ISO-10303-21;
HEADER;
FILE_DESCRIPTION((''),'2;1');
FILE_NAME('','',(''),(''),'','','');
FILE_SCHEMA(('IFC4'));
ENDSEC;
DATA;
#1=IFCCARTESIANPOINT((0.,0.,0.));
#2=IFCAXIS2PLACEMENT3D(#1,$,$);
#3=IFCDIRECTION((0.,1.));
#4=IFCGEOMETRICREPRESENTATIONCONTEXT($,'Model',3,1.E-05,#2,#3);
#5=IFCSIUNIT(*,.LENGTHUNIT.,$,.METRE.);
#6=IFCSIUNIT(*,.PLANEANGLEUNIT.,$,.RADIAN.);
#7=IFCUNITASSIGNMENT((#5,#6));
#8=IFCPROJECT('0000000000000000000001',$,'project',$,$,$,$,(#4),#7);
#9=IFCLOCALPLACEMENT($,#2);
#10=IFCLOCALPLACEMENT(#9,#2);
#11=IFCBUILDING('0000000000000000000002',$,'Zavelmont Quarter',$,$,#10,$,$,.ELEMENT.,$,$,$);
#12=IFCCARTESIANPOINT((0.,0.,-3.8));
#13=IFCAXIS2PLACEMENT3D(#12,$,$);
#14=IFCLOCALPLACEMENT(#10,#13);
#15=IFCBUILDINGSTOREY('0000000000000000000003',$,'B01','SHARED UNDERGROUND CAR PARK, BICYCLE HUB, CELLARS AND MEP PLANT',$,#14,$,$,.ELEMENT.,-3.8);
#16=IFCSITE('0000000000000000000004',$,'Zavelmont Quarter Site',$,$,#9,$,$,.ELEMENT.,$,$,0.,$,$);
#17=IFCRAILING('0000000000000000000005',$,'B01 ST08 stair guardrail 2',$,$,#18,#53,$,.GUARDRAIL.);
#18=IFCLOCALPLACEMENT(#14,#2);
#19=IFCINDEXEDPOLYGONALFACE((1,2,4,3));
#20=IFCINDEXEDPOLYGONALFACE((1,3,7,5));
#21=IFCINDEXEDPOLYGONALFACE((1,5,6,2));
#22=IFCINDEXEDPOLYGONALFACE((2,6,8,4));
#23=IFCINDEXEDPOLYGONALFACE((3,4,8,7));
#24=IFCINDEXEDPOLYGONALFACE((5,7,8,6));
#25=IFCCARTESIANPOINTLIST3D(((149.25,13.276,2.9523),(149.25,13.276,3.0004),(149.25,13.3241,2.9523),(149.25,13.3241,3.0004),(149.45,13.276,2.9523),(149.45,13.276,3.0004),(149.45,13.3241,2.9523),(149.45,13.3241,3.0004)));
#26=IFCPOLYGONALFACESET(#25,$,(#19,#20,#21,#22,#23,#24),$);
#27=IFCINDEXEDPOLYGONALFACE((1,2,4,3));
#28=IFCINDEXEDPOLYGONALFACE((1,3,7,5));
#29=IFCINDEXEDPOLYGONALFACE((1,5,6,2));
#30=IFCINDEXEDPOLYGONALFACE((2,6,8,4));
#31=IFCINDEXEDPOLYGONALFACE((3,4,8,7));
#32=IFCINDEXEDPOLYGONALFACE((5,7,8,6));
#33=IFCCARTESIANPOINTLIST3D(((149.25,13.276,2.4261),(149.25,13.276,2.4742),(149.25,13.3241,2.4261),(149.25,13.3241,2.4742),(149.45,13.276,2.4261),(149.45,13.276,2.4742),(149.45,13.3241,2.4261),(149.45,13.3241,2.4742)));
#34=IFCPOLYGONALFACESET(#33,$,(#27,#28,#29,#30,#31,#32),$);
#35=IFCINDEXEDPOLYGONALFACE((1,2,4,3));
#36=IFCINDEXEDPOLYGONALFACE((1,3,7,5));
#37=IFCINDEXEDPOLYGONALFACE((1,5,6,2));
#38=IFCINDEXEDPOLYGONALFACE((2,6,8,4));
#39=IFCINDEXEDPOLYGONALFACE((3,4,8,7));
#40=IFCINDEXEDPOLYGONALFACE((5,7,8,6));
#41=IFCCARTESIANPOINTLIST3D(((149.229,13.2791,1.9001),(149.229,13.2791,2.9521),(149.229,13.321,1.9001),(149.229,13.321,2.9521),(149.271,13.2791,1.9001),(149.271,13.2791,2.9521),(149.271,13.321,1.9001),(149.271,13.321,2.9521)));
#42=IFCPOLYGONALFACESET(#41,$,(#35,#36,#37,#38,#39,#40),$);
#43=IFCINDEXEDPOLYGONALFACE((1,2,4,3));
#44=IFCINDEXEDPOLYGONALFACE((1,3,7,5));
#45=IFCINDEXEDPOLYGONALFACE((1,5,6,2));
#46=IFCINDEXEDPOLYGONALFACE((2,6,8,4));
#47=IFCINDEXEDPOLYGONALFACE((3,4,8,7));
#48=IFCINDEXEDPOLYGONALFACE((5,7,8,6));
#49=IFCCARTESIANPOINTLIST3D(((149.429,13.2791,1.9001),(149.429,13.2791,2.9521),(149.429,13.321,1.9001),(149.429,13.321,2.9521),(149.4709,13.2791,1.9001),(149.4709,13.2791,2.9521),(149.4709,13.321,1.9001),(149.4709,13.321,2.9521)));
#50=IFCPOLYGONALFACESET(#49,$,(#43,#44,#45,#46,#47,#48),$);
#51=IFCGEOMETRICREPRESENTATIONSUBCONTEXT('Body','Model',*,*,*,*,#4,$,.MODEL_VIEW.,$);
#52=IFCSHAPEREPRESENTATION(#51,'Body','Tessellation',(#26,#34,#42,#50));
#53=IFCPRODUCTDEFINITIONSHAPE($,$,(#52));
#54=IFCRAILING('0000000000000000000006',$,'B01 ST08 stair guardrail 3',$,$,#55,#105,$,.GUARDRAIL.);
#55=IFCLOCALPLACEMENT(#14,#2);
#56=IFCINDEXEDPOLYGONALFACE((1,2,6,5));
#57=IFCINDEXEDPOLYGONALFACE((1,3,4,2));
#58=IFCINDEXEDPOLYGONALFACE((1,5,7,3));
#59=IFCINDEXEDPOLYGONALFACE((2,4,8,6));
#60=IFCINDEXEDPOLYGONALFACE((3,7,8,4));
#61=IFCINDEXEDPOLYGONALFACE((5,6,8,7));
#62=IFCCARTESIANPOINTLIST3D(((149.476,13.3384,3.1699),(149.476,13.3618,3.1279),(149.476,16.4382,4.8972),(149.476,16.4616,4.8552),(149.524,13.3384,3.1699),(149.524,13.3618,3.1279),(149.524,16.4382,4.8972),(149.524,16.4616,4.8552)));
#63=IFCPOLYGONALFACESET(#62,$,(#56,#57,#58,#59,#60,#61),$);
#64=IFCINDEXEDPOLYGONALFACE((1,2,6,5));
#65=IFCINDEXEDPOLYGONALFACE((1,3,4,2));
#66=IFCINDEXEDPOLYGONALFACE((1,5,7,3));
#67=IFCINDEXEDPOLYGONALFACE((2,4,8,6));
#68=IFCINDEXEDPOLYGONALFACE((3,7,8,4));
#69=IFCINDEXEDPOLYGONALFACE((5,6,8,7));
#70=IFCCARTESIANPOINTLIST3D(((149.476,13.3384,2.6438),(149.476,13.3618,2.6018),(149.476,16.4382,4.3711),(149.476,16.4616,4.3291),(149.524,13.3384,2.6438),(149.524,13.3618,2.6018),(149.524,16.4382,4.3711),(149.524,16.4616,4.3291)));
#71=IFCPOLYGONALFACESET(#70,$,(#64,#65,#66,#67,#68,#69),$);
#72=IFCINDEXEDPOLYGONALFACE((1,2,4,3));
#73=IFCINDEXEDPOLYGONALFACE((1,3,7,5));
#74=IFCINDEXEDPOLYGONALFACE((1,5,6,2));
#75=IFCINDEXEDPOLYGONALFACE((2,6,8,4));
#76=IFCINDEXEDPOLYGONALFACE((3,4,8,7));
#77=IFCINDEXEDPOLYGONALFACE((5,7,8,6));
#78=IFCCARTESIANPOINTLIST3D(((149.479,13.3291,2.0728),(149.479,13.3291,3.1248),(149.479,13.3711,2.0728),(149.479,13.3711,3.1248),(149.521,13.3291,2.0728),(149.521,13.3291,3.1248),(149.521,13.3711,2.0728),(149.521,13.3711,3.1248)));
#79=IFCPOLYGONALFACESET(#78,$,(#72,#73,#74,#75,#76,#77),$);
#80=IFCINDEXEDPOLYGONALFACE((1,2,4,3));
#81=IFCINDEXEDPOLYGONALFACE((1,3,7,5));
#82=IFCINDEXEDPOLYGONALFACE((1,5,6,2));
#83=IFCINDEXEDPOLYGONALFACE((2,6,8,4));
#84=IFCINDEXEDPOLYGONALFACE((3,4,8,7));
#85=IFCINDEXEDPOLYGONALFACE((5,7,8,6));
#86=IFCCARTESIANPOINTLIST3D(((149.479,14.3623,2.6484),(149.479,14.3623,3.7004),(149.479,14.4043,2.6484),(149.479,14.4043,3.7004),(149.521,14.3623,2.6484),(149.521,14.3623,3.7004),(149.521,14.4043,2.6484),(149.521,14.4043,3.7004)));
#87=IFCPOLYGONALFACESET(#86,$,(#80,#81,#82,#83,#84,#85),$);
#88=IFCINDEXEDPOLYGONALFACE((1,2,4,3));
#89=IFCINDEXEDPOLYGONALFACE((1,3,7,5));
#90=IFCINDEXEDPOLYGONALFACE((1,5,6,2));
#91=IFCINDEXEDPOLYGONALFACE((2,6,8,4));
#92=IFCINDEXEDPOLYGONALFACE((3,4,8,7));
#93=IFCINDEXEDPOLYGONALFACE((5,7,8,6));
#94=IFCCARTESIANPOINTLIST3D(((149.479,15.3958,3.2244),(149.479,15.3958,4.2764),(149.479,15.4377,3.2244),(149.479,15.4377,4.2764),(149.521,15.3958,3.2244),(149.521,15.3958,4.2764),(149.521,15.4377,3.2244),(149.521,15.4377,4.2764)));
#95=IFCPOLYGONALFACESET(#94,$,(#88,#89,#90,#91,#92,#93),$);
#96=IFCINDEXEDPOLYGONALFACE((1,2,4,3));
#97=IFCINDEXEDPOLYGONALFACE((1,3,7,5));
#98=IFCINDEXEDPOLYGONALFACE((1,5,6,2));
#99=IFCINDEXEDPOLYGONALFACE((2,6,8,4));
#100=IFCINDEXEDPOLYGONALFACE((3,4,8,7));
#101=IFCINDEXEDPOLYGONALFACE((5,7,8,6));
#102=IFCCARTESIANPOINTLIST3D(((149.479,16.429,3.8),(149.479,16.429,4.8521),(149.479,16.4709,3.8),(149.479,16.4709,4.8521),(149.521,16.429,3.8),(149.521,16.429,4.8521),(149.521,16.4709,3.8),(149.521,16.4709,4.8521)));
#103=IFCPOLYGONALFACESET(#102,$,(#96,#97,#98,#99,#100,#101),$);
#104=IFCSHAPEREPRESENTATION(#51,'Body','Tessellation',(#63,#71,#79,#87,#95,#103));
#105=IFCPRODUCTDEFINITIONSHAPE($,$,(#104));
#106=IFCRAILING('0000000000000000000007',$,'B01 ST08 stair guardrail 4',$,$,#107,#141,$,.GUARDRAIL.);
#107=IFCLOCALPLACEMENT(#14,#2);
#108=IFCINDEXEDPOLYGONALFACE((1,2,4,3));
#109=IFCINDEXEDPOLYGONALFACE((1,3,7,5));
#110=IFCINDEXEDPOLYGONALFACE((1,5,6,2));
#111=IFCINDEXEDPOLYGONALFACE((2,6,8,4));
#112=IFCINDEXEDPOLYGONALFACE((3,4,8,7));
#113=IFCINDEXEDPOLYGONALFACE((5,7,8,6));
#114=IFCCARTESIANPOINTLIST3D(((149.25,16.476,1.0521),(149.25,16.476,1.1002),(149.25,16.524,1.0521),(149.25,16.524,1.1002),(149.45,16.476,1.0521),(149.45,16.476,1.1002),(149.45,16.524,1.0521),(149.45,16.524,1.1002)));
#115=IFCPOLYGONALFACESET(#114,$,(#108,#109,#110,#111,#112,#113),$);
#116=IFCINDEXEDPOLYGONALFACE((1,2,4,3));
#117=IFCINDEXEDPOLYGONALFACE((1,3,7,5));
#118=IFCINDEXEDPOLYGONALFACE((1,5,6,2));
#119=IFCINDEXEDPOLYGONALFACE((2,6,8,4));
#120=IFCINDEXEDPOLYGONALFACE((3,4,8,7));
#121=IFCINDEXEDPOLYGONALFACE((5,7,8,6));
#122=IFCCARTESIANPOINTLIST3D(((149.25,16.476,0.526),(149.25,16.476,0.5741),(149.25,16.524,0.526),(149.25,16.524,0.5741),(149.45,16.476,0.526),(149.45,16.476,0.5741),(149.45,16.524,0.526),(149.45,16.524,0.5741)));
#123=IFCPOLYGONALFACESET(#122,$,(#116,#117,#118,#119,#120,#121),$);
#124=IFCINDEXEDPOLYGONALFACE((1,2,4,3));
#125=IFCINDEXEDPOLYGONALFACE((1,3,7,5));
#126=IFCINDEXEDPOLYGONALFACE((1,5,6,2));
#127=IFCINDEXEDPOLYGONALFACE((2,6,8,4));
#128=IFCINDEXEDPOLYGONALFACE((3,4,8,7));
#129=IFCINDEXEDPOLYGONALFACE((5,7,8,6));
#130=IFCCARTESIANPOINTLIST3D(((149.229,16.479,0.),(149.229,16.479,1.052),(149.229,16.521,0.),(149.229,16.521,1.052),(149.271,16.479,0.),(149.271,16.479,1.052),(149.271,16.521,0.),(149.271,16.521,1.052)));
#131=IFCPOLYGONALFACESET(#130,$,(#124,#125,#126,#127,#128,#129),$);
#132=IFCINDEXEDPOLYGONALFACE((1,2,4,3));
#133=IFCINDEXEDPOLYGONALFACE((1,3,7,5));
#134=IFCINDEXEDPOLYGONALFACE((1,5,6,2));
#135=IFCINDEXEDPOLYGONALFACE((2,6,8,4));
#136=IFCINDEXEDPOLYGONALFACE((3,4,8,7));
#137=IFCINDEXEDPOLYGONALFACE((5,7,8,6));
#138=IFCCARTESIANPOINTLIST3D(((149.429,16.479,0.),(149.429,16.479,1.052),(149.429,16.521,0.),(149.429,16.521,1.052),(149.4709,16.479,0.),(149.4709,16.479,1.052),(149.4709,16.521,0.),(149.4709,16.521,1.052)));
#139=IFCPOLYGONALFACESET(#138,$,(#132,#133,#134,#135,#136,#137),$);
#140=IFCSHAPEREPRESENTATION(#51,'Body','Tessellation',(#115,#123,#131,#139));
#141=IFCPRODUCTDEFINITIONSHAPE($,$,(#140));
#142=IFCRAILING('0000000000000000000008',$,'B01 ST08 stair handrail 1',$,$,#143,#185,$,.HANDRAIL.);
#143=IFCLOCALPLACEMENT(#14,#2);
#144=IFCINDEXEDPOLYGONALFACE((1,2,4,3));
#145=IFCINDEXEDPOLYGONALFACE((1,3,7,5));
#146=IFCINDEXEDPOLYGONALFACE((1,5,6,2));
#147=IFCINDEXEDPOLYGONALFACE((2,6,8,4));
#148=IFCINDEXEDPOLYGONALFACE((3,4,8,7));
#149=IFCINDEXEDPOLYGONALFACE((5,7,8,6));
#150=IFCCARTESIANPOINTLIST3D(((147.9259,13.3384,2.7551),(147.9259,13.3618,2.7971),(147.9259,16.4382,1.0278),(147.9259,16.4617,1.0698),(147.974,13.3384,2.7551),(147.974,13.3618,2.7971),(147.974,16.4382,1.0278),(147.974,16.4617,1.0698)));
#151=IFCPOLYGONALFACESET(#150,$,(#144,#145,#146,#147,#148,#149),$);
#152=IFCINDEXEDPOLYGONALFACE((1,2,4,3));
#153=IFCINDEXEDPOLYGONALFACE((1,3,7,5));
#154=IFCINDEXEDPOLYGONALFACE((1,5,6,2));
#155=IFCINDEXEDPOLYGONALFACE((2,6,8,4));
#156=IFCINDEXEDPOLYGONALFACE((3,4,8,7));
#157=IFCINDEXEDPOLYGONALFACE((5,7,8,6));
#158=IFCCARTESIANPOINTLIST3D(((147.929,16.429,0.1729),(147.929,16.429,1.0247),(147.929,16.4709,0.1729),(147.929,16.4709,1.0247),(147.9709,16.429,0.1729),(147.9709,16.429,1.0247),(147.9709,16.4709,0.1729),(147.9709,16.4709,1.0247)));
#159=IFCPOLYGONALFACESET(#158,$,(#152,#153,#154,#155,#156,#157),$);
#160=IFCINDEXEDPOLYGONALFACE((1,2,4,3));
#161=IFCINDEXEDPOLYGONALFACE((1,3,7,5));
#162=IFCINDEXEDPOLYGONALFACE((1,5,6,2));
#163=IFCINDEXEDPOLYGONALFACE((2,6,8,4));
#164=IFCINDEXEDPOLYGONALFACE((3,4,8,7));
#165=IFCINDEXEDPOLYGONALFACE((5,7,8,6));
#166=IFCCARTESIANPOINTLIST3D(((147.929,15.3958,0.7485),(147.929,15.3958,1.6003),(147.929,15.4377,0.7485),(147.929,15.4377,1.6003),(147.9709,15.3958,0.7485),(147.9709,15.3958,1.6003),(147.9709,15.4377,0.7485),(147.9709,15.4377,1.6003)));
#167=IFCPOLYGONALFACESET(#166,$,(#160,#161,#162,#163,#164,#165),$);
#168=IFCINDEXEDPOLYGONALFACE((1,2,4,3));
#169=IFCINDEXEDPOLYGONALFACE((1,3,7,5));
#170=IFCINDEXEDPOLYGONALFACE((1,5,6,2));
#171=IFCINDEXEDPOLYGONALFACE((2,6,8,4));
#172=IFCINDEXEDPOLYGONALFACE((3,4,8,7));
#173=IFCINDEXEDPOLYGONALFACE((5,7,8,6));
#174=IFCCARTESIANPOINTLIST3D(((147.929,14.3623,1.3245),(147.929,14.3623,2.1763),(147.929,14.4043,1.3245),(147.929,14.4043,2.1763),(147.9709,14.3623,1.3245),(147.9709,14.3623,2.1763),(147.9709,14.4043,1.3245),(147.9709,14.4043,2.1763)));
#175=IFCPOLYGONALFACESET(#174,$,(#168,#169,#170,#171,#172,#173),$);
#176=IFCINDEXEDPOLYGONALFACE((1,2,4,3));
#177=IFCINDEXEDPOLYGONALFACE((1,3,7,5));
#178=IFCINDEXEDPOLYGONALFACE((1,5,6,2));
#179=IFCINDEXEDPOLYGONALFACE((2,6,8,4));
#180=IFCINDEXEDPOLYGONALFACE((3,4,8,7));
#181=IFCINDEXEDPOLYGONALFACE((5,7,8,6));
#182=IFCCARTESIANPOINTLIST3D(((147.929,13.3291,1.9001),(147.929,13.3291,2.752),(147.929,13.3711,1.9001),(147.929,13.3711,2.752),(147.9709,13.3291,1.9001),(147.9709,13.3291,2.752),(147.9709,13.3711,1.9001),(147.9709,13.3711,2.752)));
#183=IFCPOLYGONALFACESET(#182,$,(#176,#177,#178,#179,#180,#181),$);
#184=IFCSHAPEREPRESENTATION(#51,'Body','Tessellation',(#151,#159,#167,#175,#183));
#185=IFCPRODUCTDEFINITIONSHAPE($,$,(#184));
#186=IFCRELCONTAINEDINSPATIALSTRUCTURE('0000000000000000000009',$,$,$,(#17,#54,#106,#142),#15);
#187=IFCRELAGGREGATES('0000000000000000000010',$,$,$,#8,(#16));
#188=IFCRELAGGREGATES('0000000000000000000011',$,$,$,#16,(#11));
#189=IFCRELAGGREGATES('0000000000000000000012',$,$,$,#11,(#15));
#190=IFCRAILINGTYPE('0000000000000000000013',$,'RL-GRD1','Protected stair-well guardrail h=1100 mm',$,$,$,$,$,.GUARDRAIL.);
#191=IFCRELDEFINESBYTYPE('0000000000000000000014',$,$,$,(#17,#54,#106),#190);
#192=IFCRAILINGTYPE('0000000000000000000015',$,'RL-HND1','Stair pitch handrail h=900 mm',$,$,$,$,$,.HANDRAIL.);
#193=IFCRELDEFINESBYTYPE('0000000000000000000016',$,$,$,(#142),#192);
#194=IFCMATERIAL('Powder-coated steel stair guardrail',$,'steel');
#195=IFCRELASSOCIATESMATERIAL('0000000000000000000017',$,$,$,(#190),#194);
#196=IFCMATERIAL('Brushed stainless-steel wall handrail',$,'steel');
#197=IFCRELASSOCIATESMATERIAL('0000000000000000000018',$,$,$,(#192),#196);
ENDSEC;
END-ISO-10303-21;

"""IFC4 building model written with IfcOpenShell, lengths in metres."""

from ifc_helpers import new_model, si_unit, direction, frame, origin, origin_2d, place, context, subcontext, project, spatial, rectangle, extrude, material, type_object, element, save


model = new_model("IFC4")

# Units and contexts
model_context = context("Model", 3, precision=1e-05, world=origin(), true_north=direction((0.0, 1.0)))
body_context = subcontext(model_context, "Body", "Model", "MODEL_VIEW")
ifc_project = project(units=[si_unit("LENGTHUNIT", "METRE"), si_unit("PLANEANGLEUNIT", "RADIAN")], contexts=[model_context])

# Site, building, storey
site_placement = place(None, origin())
site = spatial("IfcSite", under=ifc_project, at=site_placement, Name="Zavelmont Quarter Site", CompositionType="ELEMENT", RefElevation=0.0)
building_placement = place(site_placement, origin())
building = spatial("IfcBuilding", under=site, at=building_placement, Name="Zavelmont Quarter", CompositionType="ELEMENT")
storey_placement = place(building_placement, frame((0.0, 0.0, -3.8)))
storey = spatial("IfcBuildingStorey", under=building, at=storey_placement, Name="B01", Description="SHARED UNDERGROUND CAR PARK, BICYCLE HUB, CELLARS AND MEP PLANT", CompositionType="ELEMENT", Elevation=-3.8)

# Railings
ifc_material_1 = material(Name="Powder-coated steel stair guardrail", Category="steel")
railing_type_1 = type_object("IfcRailingType", Name="RL-GRD1", Description="Protected stair-well guardrail h=1100 mm", PredefinedType="GUARDRAIL", material=ifc_material_1)
railing_1_placement = place(storey_placement, frame((149.25, 13.3, 1.9001)))
element("IfcRailing", 1, at=railing_1_placement, inside=storey, type_object=railing_type_1, Name="B01 ST08 stair guardrail 2", PredefinedType="GUARDRAIL", context=body_context, shape_type="SweptSolid", body=[
    extrude(rectangle(XDim=0.0481, YDim=0.0481, at=origin_2d()), frame((0.0, 0.0, 1.0762), z_axis=(1.0, 0.0, 0.0), x_axis=(0.0, 1.0, 0.0)), (0.0, 0.0, 1.0), 0.2),
    extrude(rectangle(XDim=0.0481, YDim=0.0481, at=origin_2d()), frame((0.0, 0.0, 0.55), z_axis=(1.0, 0.0, 0.0), x_axis=(0.0, 1.0, 0.0)), (0.0, 0.0, 1.0), 0.2),
    extrude(rectangle(XDim=0.042, YDim=0.042, at=origin_2d()), origin(), (0.0, 0.0, 1.0), 1.052),
    extrude(rectangle(XDim=0.042, YDim=0.042, at=origin_2d()), frame((0.2, 0.0, 0.0)), (0.0, 0.0, 1.0), 1.052),
])
railing_2_placement = place(storey_placement, frame((149.5, 13.3501, 2.0728)))
element("IfcRailing", 2, at=railing_2_placement, inside=storey, type_object=railing_type_1, Name="B01 ST08 stair guardrail 3", PredefinedType="GUARDRAIL", context=body_context, shape_type="SweptSolid", body=[
    extrude(rectangle(XDim=0.0481, YDim=0.0481, at=origin_2d()), frame((0.0, 0.0, 1.0762), z_axis=(0.0, 0.87354, 0.486752), x_axis=(-1.0, 0.0, 0.0)), (0.0, 0.0, 1.0), 3.5486),
    extrude(rectangle(XDim=0.0481, YDim=0.0481, at=origin_2d()), frame((0.0, 0.0, 0.55), z_axis=(0.0, 0.87354, 0.486752), x_axis=(-1.0, 0.0, 0.0)), (0.0, 0.0, 1.0), 3.5486),
    extrude(rectangle(XDim=0.042, YDim=0.042, at=origin_2d()), origin(), (0.0, 0.0, 1.0), 1.052),
    extrude(rectangle(XDim=0.042, YDim=0.042, at=origin_2d()), frame((0.0, 1.0332, 0.5757)), (0.0, 0.0, 1.0), 1.052),
    extrude(rectangle(XDim=0.042, YDim=0.042, at=origin_2d()), frame((0.0, 2.0667, 1.1516)), (0.0, 0.0, 1.0), 1.052),
    extrude(rectangle(XDim=0.042, YDim=0.042, at=origin_2d()), frame((0.0, 3.0999, 1.7273)), (0.0, 0.0, 1.0), 1.052),
])
railing_3_placement = place(storey_placement, frame((149.25, 16.5, 0.0)))
element("IfcRailing", 3, at=railing_3_placement, inside=storey, type_object=railing_type_1, Name="B01 ST08 stair guardrail 4", PredefinedType="GUARDRAIL", context=body_context, shape_type="SweptSolid", body=[
    extrude(rectangle(XDim=0.0481, YDim=0.0481, at=origin_2d()), frame((0.0, 0.0, 1.0762), z_axis=(1.0, 0.0, 0.0), x_axis=(0.0, 1.0, 0.0)), (0.0, 0.0, 1.0), 0.2),
    extrude(rectangle(XDim=0.0481, YDim=0.0481, at=origin_2d()), frame((0.0, 0.0, 0.55), z_axis=(1.0, 0.0, 0.0), x_axis=(0.0, 1.0, 0.0)), (0.0, 0.0, 1.0), 0.2),
    extrude(rectangle(XDim=0.042, YDim=0.042, at=origin_2d()), origin(), (0.0, 0.0, 1.0), 1.052),
    extrude(rectangle(XDim=0.042, YDim=0.042, at=origin_2d()), frame((0.2, 0.0, 0.0)), (0.0, 0.0, 1.0), 1.052),
])
ifc_material_2 = material(Name="Brushed stainless-steel wall handrail", Category="steel")
railing_type_2 = type_object("IfcRailingType", Name="RL-HND1", Description="Stair pitch handrail h=900 mm", PredefinedType="HANDRAIL", material=ifc_material_2)
railing_4_placement = place(storey_placement, frame((147.95, 16.45, 0.1729)))
element("IfcRailing", 4, at=railing_4_placement, inside=storey, type_object=railing_type_2, Name="B01 ST08 stair handrail 1", PredefinedType="HANDRAIL", context=body_context, shape_type="SweptSolid", body=[
    extrude(rectangle(XDim=0.0481, YDim=0.0481, at=origin_2d()), frame((0.0, 0.0, 0.876), z_axis=(0.0, -0.87354, 0.486752), x_axis=(1.0, 0.0, 0.0)), (0.0, 0.0, 1.0), 3.5486),
    extrude(rectangle(XDim=0.042, YDim=0.042, at=origin_2d()), origin(), (0.0, 0.0, 1.0), 0.8518),
    extrude(rectangle(XDim=0.042, YDim=0.042, at=origin_2d()), frame((0.0, -1.0332, 0.5757)), (0.0, 0.0, 1.0), 0.8518),
    extrude(rectangle(XDim=0.042, YDim=0.042, at=origin_2d()), frame((0.0, -2.0667, 1.1516)), (0.0, 0.0, 1.0), 0.8518),
    extrude(rectangle(XDim=0.042, YDim=0.042, at=origin_2d()), frame((0.0, -3.0999, 1.7273)), (0.0, 0.0, 1.0), 0.8518),
])

save(model, "model.ifc")
